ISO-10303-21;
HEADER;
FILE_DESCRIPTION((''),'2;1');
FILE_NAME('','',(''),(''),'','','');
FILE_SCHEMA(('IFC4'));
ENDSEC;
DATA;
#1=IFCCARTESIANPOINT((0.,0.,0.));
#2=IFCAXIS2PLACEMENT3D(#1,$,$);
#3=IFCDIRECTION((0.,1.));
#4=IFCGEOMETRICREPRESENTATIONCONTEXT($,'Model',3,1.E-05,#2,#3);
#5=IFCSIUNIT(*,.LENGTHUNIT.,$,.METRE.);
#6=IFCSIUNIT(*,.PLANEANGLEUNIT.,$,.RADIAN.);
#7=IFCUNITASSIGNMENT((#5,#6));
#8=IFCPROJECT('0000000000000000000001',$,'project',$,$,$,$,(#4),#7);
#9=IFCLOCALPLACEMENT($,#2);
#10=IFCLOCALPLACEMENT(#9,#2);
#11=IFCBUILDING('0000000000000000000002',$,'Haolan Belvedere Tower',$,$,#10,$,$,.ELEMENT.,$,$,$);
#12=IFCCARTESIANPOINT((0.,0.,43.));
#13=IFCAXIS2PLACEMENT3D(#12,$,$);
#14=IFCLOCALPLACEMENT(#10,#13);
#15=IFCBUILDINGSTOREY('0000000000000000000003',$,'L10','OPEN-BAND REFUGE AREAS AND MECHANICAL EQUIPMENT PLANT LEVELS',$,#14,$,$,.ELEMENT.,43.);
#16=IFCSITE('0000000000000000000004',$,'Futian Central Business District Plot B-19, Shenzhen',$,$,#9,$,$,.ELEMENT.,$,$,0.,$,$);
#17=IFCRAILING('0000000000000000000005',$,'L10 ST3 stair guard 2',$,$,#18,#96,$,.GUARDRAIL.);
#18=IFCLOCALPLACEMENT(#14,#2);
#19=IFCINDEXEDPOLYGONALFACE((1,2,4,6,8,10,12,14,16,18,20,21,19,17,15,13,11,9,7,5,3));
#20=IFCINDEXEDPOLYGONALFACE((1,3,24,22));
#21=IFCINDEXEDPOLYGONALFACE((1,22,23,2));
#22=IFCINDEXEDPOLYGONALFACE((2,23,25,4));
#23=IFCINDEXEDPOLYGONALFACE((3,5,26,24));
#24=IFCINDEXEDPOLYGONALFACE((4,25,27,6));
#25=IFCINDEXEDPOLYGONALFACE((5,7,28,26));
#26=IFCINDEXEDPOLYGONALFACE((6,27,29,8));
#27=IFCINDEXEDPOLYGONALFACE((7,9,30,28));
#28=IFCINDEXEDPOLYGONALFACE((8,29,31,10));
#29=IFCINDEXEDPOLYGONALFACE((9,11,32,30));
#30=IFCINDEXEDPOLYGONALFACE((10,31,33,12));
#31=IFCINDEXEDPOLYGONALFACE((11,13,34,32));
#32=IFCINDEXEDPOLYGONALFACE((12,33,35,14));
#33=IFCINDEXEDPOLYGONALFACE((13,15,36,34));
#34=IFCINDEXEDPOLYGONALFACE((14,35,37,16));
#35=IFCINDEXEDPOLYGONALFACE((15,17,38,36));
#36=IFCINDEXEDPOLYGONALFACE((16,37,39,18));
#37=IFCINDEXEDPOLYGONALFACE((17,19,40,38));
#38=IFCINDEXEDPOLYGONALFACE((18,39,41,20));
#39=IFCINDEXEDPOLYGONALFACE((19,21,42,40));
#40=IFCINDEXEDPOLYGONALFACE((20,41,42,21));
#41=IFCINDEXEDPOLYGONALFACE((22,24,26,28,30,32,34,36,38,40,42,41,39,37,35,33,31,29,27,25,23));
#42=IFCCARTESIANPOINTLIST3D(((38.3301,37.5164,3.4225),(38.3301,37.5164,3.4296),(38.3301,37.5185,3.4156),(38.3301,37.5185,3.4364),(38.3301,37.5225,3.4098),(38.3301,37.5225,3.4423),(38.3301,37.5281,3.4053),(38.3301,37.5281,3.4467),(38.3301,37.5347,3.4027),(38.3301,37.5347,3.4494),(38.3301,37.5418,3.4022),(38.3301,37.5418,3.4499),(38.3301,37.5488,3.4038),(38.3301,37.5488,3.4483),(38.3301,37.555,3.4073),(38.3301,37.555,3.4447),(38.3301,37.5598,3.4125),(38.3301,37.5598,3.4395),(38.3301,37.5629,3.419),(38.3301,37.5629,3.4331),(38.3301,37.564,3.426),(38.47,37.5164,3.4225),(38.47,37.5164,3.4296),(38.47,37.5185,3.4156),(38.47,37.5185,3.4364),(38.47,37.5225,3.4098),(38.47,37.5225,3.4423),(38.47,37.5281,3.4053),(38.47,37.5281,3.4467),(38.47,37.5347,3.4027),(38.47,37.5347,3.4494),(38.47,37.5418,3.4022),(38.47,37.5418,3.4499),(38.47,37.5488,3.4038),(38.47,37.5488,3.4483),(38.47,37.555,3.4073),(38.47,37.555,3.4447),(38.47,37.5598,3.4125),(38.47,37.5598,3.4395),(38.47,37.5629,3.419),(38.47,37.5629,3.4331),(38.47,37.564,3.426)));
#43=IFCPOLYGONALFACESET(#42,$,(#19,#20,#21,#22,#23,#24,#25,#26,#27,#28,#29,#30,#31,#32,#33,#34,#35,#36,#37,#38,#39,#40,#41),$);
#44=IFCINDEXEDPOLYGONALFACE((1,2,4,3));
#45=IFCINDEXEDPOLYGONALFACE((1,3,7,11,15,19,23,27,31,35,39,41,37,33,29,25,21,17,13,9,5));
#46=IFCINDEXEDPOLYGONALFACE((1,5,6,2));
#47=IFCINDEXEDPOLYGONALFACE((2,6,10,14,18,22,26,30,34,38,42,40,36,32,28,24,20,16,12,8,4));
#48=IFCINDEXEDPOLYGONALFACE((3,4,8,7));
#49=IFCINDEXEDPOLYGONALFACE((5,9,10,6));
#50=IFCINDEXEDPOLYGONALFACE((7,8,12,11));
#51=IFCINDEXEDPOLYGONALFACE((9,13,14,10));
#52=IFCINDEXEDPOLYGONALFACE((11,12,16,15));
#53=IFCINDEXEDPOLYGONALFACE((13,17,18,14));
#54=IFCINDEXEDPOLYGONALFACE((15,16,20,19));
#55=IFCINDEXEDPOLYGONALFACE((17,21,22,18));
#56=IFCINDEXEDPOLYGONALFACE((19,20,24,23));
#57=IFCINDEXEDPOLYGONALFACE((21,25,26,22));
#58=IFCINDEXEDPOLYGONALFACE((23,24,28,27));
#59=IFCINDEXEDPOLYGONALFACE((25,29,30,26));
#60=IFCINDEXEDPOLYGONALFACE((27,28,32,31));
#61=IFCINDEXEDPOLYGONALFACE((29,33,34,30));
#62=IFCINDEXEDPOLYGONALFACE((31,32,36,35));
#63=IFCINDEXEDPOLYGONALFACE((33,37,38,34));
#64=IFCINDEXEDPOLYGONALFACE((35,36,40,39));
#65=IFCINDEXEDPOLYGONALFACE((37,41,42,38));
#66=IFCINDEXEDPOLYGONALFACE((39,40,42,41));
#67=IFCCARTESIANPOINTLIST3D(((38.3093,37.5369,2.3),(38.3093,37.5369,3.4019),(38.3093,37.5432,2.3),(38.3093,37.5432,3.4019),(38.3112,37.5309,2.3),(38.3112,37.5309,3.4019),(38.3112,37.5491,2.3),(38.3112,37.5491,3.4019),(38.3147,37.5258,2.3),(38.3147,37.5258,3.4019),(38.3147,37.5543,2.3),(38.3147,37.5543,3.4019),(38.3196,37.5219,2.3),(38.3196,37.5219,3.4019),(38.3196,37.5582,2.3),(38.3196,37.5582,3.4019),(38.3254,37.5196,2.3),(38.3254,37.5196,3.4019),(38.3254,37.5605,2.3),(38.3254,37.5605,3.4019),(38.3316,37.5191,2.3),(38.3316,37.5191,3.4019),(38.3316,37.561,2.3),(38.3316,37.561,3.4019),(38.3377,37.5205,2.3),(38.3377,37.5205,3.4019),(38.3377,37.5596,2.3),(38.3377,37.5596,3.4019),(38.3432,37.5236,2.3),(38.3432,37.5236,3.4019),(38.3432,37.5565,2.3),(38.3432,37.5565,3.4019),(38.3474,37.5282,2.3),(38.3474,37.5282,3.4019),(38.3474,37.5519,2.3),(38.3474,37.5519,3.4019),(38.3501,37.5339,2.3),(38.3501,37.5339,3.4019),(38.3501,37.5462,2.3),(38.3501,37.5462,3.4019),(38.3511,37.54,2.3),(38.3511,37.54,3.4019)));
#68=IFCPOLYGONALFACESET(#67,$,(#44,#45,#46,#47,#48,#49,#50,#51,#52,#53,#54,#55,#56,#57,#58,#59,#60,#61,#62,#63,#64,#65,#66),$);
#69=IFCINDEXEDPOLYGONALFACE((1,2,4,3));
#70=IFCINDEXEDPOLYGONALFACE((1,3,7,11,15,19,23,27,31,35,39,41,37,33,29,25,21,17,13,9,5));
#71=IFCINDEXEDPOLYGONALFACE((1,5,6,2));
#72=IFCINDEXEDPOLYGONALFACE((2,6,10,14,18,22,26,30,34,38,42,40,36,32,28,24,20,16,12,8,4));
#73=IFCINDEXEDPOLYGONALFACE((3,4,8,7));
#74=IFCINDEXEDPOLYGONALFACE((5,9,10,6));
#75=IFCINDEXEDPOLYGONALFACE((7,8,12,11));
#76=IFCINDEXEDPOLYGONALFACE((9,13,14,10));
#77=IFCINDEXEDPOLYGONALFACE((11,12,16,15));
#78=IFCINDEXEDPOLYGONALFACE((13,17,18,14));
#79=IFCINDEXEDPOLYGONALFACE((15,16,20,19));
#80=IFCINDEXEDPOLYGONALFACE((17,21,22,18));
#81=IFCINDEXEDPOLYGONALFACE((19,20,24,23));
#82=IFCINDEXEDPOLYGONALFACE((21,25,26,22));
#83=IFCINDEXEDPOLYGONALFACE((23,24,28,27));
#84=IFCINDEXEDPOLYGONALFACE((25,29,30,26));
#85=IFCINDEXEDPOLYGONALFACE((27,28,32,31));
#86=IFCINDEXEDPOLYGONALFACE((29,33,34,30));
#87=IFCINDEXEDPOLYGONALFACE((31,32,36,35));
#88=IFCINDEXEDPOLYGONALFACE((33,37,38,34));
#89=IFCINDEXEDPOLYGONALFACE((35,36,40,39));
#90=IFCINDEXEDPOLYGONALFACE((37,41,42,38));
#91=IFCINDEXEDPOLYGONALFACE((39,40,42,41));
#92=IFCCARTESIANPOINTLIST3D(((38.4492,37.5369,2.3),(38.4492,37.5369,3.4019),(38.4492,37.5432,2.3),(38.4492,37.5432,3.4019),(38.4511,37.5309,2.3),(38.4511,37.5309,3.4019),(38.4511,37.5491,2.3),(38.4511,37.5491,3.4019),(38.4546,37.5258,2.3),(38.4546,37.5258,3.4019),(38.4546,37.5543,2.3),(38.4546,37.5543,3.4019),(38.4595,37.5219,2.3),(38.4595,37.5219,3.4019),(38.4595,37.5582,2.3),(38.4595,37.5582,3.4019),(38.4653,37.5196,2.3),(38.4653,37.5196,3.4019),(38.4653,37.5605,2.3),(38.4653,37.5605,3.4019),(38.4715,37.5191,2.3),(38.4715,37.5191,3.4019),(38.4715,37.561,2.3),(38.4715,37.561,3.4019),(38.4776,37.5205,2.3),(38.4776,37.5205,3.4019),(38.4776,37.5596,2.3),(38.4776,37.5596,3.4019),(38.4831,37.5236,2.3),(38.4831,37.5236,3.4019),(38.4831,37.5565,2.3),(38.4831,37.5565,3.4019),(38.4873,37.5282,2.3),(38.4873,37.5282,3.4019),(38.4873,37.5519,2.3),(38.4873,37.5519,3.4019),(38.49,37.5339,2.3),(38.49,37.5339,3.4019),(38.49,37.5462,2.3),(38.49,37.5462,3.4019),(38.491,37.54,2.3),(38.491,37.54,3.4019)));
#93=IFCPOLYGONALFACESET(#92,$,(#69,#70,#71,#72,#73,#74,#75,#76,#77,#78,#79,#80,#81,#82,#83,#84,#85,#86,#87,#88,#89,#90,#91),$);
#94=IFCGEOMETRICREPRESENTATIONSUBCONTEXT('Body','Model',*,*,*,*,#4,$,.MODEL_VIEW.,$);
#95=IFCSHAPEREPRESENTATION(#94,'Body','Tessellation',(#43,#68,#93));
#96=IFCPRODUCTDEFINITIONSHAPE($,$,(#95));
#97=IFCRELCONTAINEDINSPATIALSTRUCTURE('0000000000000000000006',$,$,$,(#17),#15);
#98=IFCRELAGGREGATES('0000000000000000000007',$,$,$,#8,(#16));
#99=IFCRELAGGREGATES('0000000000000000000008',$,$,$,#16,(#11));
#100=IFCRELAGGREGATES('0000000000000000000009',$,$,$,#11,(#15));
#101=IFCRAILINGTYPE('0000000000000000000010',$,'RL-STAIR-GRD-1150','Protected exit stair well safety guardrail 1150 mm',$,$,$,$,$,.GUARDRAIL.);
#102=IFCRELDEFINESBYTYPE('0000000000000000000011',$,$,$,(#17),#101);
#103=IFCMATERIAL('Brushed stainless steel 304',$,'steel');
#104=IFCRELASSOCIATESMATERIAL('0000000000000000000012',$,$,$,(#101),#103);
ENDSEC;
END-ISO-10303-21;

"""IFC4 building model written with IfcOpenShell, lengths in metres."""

from ifc_helpers import new_model, si_unit, direction, frame, origin, origin_2d, place, context, subcontext, project, spatial, circle, extrude, material, type_object, element, save


model = new_model("IFC4")

# Units and contexts
model_context = context("Model", 3, precision=1e-05, world=origin(), true_north=direction((0.0, 1.0)))
body_context = subcontext(model_context, "Body", "Model", "MODEL_VIEW")
ifc_project = project(units=[si_unit("LENGTHUNIT", "METRE"), si_unit("PLANEANGLEUNIT", "RADIAN")], contexts=[model_context])

# Site, building, storey
site_placement = place(None, origin())
site = spatial("IfcSite", under=ifc_project, at=site_placement, Name="Futian Central Business District Plot B-19, Shenzhen", CompositionType="ELEMENT", RefElevation=0.0)
building_placement = place(site_placement, origin())
building = spatial("IfcBuilding", under=site, at=building_placement, Name="Haolan Belvedere Tower", CompositionType="ELEMENT")
storey_placement = place(building_placement, frame((0.0, 0.0, 43.0)))
storey = spatial("IfcBuildingStorey", under=building, at=storey_placement, Name="L10", Description="OPEN-BAND REFUGE AREAS AND MECHANICAL EQUIPMENT PLANT LEVELS", CompositionType="ELEMENT", Elevation=43.0)

# Railing
ifc_material_1 = material(Name="Brushed stainless steel 304", Category="steel")
railing_type_1 = type_object("IfcRailingType", Name="RL-STAIR-GRD-1150", Description="Protected exit stair well safety guardrail 1150 mm", PredefinedType="GUARDRAIL", material=ifc_material_1)
railing_1_placement = place(storey_placement, frame((38.3301, 37.54, 2.3)))
element("IfcRailing", 1, at=railing_1_placement, inside=storey, type_object=railing_type_1, Name="L10 ST3 stair guard 2", PredefinedType="GUARDRAIL", context=body_context, shape_type="SweptSolid", body=[
    extrude(circle(Radius=0.0239, at=origin_2d()), frame((0.0, 0.0, 1.126), z_axis=(1.0, 0.0, 0.0), x_axis=(0.0, 1.0, 0.0)), (0.0, 0.0, 1.0), 0.1399),
    extrude(circle(Radius=0.021, at=origin_2d()), origin(), (0.0, 0.0, 1.0), 1.1018),
    extrude(circle(Radius=0.021, at=origin_2d()), frame((0.1399, 0.0, 0.0)), (0.0, 0.0, 1.0), 1.1018),
])

save(model, "model.ifc")
